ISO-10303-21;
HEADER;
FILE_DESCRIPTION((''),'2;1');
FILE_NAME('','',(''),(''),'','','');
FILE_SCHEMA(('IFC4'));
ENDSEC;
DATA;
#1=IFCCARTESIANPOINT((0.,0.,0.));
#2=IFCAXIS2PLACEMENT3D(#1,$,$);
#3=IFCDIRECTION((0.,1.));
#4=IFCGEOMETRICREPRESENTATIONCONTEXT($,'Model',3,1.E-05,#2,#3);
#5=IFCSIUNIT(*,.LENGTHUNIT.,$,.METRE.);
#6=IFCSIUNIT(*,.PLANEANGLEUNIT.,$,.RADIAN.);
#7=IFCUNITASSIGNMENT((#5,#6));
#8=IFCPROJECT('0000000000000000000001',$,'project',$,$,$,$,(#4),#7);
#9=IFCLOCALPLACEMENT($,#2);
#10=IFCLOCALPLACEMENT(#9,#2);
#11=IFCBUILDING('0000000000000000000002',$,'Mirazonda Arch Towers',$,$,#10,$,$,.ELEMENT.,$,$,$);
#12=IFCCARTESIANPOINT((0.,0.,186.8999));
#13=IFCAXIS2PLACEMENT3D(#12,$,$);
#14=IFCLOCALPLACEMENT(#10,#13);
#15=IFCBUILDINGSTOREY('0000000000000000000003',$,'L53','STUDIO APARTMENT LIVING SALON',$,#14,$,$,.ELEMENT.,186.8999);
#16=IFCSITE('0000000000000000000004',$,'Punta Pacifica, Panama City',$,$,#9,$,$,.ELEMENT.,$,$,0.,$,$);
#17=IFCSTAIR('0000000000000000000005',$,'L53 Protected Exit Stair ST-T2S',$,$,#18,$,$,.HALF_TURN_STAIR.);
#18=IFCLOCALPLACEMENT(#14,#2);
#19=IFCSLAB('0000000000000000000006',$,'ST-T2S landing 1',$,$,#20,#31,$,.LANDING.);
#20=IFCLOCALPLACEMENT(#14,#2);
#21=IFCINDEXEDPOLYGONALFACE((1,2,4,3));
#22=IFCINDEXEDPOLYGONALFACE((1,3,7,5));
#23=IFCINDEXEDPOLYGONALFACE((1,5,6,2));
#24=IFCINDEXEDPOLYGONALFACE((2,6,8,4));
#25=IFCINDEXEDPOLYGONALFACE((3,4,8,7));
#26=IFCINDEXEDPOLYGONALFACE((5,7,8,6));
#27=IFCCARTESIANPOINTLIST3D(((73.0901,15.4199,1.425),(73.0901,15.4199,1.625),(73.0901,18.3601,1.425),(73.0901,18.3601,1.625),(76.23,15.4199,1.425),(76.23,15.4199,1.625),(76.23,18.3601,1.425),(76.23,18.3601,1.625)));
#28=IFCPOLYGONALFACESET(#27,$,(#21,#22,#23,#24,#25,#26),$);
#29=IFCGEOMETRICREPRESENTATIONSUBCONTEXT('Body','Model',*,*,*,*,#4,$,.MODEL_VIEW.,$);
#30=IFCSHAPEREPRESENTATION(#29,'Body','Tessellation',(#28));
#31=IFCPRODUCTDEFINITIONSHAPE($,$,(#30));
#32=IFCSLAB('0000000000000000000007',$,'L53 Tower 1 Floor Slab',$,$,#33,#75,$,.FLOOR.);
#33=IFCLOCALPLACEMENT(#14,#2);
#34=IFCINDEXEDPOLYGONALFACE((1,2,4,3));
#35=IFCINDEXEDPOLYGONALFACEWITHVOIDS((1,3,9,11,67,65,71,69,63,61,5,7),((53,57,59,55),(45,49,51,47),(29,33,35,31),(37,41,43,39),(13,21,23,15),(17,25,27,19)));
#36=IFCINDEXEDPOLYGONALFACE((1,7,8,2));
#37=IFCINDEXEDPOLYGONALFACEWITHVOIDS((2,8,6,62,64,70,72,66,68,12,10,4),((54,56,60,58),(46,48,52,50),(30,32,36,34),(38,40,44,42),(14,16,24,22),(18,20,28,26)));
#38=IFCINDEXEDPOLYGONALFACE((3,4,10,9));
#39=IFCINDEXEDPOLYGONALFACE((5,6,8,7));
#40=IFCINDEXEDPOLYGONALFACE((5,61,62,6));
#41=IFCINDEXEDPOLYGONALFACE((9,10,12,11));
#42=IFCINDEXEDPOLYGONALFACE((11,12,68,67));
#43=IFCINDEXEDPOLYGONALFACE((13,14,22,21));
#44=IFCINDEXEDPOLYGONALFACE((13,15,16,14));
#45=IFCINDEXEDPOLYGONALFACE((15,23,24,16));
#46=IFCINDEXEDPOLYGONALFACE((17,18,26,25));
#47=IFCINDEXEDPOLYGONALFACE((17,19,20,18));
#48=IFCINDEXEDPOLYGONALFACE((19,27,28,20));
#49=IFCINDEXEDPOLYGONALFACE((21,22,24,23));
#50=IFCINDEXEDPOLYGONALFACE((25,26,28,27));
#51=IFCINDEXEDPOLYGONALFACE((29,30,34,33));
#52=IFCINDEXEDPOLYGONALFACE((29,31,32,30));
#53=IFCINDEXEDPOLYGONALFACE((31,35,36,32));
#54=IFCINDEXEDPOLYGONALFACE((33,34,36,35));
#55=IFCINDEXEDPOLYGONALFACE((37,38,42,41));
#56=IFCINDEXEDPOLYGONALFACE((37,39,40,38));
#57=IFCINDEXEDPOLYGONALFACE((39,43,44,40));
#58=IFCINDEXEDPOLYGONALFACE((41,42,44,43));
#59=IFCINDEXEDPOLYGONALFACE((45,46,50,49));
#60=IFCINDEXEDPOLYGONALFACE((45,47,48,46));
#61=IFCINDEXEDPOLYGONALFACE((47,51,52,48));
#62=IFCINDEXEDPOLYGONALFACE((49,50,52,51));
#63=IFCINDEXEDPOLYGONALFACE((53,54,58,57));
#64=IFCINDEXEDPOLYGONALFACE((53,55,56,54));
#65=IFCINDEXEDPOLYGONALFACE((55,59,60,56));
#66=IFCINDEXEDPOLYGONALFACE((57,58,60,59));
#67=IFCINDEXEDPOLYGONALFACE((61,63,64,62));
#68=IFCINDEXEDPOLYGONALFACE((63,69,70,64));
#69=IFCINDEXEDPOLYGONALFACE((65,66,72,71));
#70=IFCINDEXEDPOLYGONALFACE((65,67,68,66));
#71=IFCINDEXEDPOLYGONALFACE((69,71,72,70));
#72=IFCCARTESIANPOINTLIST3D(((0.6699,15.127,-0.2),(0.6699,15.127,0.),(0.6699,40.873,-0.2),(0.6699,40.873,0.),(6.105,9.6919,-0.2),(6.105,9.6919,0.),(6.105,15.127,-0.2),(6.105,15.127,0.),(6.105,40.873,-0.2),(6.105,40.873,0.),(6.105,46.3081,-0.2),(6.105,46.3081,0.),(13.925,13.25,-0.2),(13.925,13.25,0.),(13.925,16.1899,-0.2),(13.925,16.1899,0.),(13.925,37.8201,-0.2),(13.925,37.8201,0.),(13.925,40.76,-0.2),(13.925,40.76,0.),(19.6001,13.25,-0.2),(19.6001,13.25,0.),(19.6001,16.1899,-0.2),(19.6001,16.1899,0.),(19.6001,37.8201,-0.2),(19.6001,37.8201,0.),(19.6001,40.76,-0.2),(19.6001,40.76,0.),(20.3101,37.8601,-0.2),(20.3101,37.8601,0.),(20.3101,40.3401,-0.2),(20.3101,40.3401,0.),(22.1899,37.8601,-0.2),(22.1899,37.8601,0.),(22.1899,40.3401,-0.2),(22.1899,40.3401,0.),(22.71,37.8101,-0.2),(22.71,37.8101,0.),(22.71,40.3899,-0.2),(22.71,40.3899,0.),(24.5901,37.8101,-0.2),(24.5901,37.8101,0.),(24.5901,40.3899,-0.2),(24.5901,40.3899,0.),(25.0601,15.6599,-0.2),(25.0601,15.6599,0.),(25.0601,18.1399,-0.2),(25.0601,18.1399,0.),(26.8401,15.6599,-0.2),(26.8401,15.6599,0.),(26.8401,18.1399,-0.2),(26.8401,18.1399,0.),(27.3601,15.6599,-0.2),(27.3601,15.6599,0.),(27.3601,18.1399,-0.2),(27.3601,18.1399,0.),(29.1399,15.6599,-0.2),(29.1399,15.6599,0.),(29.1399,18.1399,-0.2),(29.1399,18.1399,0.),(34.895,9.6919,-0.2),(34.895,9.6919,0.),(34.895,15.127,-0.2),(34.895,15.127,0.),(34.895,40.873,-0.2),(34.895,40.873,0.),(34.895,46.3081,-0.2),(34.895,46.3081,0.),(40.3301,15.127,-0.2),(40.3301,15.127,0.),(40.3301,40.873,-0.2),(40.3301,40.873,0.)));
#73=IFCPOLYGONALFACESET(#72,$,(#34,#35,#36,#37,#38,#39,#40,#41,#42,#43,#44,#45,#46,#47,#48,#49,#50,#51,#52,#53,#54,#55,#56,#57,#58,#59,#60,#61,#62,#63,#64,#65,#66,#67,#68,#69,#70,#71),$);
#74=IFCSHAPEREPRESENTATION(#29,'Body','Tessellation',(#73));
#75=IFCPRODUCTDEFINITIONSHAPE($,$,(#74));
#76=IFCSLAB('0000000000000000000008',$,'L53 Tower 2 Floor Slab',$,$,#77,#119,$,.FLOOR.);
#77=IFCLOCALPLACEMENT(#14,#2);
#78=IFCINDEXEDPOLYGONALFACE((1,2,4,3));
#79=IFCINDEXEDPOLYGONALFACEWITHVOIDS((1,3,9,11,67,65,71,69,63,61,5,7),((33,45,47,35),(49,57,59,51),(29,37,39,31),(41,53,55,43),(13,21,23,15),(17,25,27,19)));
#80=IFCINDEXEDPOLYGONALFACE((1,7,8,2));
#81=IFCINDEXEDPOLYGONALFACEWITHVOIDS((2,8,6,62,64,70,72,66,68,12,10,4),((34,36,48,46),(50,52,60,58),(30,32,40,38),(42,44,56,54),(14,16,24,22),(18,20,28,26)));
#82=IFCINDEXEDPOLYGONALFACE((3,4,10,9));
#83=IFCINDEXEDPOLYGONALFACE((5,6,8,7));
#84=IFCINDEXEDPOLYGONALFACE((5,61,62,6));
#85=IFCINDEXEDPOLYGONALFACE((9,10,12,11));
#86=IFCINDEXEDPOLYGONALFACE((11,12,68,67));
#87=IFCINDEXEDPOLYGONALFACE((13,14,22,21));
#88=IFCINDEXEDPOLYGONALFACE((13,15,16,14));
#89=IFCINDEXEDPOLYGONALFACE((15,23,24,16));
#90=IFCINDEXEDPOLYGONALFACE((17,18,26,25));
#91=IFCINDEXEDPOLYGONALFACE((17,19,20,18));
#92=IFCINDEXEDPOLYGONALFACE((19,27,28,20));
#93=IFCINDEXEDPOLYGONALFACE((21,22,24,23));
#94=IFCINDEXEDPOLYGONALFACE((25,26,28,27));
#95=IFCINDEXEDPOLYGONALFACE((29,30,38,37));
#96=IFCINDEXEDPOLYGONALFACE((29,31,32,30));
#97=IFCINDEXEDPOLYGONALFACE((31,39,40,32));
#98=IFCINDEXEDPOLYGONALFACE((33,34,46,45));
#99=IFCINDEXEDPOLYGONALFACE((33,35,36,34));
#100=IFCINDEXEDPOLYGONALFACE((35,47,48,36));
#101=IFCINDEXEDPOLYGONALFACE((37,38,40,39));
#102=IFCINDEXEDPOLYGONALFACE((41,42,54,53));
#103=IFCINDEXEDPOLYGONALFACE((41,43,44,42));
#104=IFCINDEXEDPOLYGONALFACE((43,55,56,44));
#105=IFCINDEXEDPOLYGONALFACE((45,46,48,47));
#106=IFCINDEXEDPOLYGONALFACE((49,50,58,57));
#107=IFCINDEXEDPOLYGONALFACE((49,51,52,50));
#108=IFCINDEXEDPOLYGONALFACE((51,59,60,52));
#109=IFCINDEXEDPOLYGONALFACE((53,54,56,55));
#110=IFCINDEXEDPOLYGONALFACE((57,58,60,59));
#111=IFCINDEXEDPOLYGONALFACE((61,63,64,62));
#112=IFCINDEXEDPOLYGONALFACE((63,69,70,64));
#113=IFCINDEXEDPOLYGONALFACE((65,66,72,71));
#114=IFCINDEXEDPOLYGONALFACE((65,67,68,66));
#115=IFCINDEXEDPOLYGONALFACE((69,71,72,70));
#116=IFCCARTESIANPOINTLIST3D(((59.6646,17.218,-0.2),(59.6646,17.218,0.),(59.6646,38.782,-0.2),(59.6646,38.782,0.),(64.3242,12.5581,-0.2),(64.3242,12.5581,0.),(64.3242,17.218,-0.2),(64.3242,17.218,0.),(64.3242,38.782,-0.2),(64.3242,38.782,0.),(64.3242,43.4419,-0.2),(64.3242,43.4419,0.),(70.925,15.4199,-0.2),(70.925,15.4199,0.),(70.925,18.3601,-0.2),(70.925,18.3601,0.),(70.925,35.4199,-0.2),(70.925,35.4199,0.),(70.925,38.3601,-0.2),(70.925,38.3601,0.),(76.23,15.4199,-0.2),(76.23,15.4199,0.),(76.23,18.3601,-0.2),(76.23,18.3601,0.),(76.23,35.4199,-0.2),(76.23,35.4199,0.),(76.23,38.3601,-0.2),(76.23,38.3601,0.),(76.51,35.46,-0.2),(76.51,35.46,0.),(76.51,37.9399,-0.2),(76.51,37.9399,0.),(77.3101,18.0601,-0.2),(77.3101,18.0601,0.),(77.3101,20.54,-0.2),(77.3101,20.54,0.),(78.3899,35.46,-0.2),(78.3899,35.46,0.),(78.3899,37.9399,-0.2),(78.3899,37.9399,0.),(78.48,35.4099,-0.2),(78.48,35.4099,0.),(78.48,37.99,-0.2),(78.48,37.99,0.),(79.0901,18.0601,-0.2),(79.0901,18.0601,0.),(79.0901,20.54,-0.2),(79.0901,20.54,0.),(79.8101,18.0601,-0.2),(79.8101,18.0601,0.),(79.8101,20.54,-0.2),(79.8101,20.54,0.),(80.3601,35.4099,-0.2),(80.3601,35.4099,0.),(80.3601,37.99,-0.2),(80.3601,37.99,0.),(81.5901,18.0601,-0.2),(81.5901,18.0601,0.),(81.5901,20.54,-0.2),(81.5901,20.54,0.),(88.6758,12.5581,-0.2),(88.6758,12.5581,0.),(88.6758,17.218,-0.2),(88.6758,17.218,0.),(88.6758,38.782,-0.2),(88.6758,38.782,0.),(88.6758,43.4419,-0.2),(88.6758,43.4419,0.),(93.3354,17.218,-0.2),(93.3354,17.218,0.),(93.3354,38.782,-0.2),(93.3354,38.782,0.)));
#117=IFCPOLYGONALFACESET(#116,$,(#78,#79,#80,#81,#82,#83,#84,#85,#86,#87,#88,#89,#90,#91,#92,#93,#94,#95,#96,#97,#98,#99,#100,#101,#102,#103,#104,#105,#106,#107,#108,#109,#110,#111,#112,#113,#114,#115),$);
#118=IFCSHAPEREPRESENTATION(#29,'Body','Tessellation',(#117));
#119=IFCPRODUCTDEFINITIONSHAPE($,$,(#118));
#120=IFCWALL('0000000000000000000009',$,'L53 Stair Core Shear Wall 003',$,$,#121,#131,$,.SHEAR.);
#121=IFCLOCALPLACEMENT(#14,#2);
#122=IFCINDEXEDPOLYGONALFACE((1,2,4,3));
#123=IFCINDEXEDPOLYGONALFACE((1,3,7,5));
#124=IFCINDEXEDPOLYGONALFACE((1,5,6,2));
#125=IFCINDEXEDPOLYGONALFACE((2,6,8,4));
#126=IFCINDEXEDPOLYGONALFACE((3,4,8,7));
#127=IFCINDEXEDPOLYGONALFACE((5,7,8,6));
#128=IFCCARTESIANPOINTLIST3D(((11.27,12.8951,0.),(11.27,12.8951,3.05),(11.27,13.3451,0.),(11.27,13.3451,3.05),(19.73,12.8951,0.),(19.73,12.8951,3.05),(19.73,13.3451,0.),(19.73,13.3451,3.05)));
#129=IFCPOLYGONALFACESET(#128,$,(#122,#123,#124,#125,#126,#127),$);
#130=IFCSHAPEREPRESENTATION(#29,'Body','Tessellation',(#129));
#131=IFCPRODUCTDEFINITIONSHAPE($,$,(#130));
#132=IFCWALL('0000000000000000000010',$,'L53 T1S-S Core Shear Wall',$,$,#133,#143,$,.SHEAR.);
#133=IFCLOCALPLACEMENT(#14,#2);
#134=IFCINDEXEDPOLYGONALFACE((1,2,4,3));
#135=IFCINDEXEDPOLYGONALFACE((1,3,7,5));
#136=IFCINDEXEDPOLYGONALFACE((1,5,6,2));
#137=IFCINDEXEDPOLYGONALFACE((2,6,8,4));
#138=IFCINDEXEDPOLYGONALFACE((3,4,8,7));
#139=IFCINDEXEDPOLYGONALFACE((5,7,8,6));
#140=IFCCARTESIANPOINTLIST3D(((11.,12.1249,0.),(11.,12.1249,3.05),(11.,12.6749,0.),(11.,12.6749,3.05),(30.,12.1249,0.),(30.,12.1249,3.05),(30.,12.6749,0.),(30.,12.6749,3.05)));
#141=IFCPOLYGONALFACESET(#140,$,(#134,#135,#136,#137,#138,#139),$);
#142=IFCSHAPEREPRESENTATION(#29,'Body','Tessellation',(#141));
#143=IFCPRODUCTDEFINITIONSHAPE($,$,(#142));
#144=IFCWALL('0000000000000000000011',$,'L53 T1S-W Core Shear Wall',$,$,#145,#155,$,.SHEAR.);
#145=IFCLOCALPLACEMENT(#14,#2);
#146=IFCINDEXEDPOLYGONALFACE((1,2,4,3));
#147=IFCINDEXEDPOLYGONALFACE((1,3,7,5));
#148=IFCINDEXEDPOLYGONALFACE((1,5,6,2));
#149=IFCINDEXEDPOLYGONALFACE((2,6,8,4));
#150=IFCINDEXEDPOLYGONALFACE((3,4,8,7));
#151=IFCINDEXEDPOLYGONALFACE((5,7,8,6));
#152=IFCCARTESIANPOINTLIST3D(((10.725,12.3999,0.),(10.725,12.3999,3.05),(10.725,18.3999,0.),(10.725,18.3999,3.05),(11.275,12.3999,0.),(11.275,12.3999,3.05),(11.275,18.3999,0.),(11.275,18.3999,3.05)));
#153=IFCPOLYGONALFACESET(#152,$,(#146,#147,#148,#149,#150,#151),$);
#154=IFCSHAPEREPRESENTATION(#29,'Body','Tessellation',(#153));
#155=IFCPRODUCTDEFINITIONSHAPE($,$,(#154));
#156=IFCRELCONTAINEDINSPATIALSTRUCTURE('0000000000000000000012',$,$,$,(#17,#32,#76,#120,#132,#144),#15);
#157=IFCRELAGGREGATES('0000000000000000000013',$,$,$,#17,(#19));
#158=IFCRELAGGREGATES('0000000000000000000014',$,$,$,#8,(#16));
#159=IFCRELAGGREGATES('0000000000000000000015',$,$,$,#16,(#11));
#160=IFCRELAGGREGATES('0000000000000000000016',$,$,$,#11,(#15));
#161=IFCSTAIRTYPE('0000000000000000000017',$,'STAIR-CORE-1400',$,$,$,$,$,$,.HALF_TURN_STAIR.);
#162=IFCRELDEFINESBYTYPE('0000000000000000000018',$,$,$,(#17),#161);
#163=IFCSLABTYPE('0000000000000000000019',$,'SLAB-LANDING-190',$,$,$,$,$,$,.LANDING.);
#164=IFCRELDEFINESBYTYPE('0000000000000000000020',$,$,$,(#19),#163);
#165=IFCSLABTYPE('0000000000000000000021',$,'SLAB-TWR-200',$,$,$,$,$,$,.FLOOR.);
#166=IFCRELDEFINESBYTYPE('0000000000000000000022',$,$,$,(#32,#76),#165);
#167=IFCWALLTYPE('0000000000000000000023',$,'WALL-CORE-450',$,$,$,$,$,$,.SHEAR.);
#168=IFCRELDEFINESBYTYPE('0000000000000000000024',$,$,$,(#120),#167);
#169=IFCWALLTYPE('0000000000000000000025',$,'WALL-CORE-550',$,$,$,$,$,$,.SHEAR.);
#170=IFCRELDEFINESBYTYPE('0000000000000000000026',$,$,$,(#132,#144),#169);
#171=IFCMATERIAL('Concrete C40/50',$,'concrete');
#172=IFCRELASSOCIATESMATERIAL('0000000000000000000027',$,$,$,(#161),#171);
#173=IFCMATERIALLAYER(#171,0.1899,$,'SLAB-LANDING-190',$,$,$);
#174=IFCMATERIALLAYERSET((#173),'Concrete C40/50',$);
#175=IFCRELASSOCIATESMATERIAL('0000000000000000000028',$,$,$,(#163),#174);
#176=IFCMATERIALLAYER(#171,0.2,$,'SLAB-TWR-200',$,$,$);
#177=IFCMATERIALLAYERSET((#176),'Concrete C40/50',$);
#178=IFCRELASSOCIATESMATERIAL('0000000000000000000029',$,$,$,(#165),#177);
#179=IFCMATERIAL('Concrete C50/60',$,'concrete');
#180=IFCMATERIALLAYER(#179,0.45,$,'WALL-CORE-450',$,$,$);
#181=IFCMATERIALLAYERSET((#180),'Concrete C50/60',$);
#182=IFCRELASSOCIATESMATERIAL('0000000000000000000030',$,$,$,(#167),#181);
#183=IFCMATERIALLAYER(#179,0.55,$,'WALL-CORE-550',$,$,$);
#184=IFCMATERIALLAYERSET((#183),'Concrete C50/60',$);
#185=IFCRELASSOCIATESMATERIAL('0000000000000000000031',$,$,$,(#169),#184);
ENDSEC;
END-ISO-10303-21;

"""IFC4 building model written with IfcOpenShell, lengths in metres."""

from ifc_helpers import new_model, si_unit, direction, frame, frame_2d, origin, place, context, subcontext, project, spatial, polyline, rectangle, outline, extrude, material, layer, layer_set, type_object, element, aggregate, save


model = new_model("IFC4")

# Units and contexts
model_context = context("Model", 3, precision=1e-05, world=origin(), true_north=direction((0.0, 1.0)))
body_context = subcontext(model_context, "Body", "Model", "MODEL_VIEW")
ifc_project = project(units=[si_unit("LENGTHUNIT", "METRE"), si_unit("PLANEANGLEUNIT", "RADIAN")], contexts=[model_context])

# Site, building, storey
site_placement = place(None, origin())
site = spatial("IfcSite", under=ifc_project, at=site_placement, Name="Punta Pacifica, Panama City", CompositionType="ELEMENT", RefElevation=0.0)
building_placement = place(site_placement, origin())
building = spatial("IfcBuilding", under=site, at=building_placement, Name="Mirazonda Arch Towers", CompositionType="ELEMENT")
storey_placement = place(building_placement, frame((0.0, 0.0, 186.8999)))
storey = spatial("IfcBuildingStorey", under=building, at=storey_placement, Name="L53", Description="STUDIO APARTMENT LIVING SALON", CompositionType="ELEMENT", Elevation=186.8999)

# Shared definitions
ifc_material_1 = material(Name="Concrete C50/60", Category="concrete")

# Stair, slab
ifc_material_2 = material(Name="Concrete C40/50", Category="concrete")
stair_type = type_object("IfcStairType", Name="STAIR-CORE-1400", PredefinedType="HALF_TURN_STAIR", material=ifc_material_2)
ifc_layer_1 = layer(ifc_material_2, 0.1899, Name="SLAB-LANDING-190")
ifc_layer_set_1 = layer_set([ifc_layer_1], Name="Concrete C40/50")
slab_type_1 = type_object("IfcSlabType", Name="SLAB-LANDING-190", PredefinedType="LANDING", material=ifc_layer_set_1)
stair_1_placement = place(storey_placement, origin())
stair_1 = element("IfcStair", 1, at=stair_1_placement, inside=storey, type_object=stair_type, Name="L53 Protected Exit Stair ST-T2S", PredefinedType="HALF_TURN_STAIR")
slab_1_placement = place(storey_placement, frame((0.0, 0.0, 1.425)))
slab_1 = element("IfcSlab", 2, at=slab_1_placement, type_object=slab_type_1, Name="ST-T2S landing 1", PredefinedType="LANDING", context=body_context, shape_type="SweptSolid", body=[
    extrude(outline(polyline([(73.0901, 15.4199), (76.23, 15.4199), (76.23, 18.3601), (73.0901, 18.3601), (73.0901, 15.4199)])), origin(), (0.0, 0.0, 1.0), 0.2),
])
aggregate(stair_1, [slab_1])

# Slabs
ifc_layer_2 = layer(ifc_material_2, 0.2, Name="SLAB-TWR-200")
ifc_layer_set_2 = layer_set([ifc_layer_2], Name="Concrete C40/50")
slab_type_2 = type_object("IfcSlabType", Name="SLAB-TWR-200", PredefinedType="FLOOR", material=ifc_layer_set_2)
slab_2_placement = place(storey_placement, frame((0.0, 0.0, -0.2)))
element("IfcSlab", 3, at=slab_2_placement, inside=storey, type_object=slab_type_2, Name="L53 Tower 1 Floor Slab", PredefinedType="FLOOR", context=body_context, shape_type="SweptSolid", body=[
    extrude(outline(polyline([(6.105, 9.6919), (34.895, 9.6919), (34.895, 15.127), (40.3301, 15.127), (40.3301, 40.873), (34.895, 40.873), (34.895, 46.3081), (6.105, 46.3081), (6.105, 40.873), (0.6699, 40.873), (0.6699, 15.127), (6.105, 15.127), (6.105, 9.6919)]), holes=[polyline([(27.3601, 18.1399), (29.1399, 18.1399), (29.1399, 15.6599), (27.3601, 15.6599), (27.3601, 18.1399)]), polyline([(25.0601, 18.1399), (26.8401, 18.1399), (26.8401, 15.6599), (25.0601, 15.6599), (25.0601, 18.1399)]), polyline([(22.71, 40.3899), (24.5901, 40.3899), (24.5901, 37.8101), (22.71, 37.8101), (22.71, 40.3899)]), polyline([(20.3101, 37.8601), (20.3101, 40.3401), (22.1899, 40.3401), (22.1899, 37.8601), (20.3101, 37.8601)]), polyline([(19.6001, 13.25), (13.925, 13.25), (13.925, 16.1899), (19.6001, 16.1899), (19.6001, 13.25)]), polyline([(13.925, 37.8201), (13.925, 40.76), (19.6001, 40.76), (19.6001, 37.8201), (13.925, 37.8201)])]), origin(), (0.0, 0.0, 1.0), 0.2),
])
slab_3_placement = place(storey_placement, frame((0.0, 0.0, -0.2)))
element("IfcSlab", 4, at=slab_3_placement, inside=storey, type_object=slab_type_2, Name="L53 Tower 2 Floor Slab", PredefinedType="FLOOR", context=body_context, shape_type="SweptSolid", body=[
    extrude(outline(polyline([(64.3242, 12.5581), (88.6758, 12.5581), (88.6758, 17.218), (93.3354, 17.218), (93.3354, 38.782), (88.6758, 38.782), (88.6758, 43.4419), (64.3242, 43.4419), (64.3242, 38.782), (59.6646, 38.782), (59.6646, 17.218), (64.3242, 17.218), (64.3242, 12.5581)]), holes=[polyline([(79.8101, 20.54), (81.5901, 20.54), (81.5901, 18.0601), (79.8101, 18.0601), (79.8101, 20.54)]), polyline([(78.48, 37.99), (80.3601, 37.99), (80.3601, 35.4099), (78.48, 35.4099), (78.48, 37.99)]), polyline([(77.3101, 20.54), (79.0901, 20.54), (79.0901, 18.0601), (77.3101, 18.0601), (77.3101, 20.54)]), polyline([(76.51, 35.46), (76.51, 37.9399), (78.3899, 37.9399), (78.3899, 35.46), (76.51, 35.46)]), polyline([(76.23, 15.4199), (70.925, 15.4199), (70.925, 18.3601), (76.23, 18.3601), (76.23, 15.4199)]), polyline([(70.925, 35.4199), (70.925, 38.3601), (76.23, 38.3601), (76.23, 35.4199), (70.925, 35.4199)])]), origin(), (0.0, 0.0, 1.0), 0.2),
])

# Walls
ifc_layer_3 = layer(ifc_material_1, 0.45, Name="WALL-CORE-450")
ifc_layer_set_3 = layer_set([ifc_layer_3], Name="Concrete C50/60")
wall_type_1 = type_object("IfcWallType", Name="WALL-CORE-450", PredefinedType="SHEAR", material=ifc_layer_set_3)
wall_1_placement = place(storey_placement, frame((11.27, 13.1201, 0.0), z_axis=(0.0, 0.0, 1.0), x_axis=(1.0, 0.0, 0.0)))
element("IfcWall", 5, at=wall_1_placement, inside=storey, type_object=wall_type_1, Name="L53 Stair Core Shear Wall 003", PredefinedType="SHEAR", context=body_context, shape_type="SweptSolid", body=[
    extrude(rectangle(XDim=8.46, YDim=0.45, at=frame_2d((4.23, 0.0))), origin(), (0.0, 0.0, 1.0), 3.05),
])
ifc_layer_4 = layer(ifc_material_1, 0.55, Name="WALL-CORE-550")
ifc_layer_set_4 = layer_set([ifc_layer_4], Name="Concrete C50/60")
wall_type_2 = type_object("IfcWallType", Name="WALL-CORE-550", PredefinedType="SHEAR", material=ifc_layer_set_4)
wall_2_placement = place(storey_placement, frame((11.0, 12.3999, 0.0), z_axis=(0.0, 0.0, 1.0), x_axis=(1.0, 0.0, 0.0)))
element("IfcWall", 6, at=wall_2_placement, inside=storey, type_object=wall_type_2, Name="L53 T1S-S Core Shear Wall", PredefinedType="SHEAR", context=body_context, shape_type="SweptSolid", body=[
    extrude(rectangle(XDim=19.0, YDim=0.55, at=frame_2d((9.5, 0.0))), origin(), (0.0, 0.0, 1.0), 3.05),
])
wall_3_placement = place(storey_placement, frame((11.0, 12.3999, 0.0), z_axis=(0.0, 0.0, 1.0), x_axis=(0.0, 1.0, 0.0)))
element("IfcWall", 7, at=wall_3_placement, inside=storey, type_object=wall_type_2, Name="L53 T1S-W Core Shear Wall", PredefinedType="SHEAR", context=body_context, shape_type="SweptSolid", body=[
    extrude(rectangle(XDim=6.0, YDim=0.55, at=frame_2d((3.0, 0.0))), origin(), (0.0, 0.0, 1.0), 3.05),
])

save(model, "model.ifc")
